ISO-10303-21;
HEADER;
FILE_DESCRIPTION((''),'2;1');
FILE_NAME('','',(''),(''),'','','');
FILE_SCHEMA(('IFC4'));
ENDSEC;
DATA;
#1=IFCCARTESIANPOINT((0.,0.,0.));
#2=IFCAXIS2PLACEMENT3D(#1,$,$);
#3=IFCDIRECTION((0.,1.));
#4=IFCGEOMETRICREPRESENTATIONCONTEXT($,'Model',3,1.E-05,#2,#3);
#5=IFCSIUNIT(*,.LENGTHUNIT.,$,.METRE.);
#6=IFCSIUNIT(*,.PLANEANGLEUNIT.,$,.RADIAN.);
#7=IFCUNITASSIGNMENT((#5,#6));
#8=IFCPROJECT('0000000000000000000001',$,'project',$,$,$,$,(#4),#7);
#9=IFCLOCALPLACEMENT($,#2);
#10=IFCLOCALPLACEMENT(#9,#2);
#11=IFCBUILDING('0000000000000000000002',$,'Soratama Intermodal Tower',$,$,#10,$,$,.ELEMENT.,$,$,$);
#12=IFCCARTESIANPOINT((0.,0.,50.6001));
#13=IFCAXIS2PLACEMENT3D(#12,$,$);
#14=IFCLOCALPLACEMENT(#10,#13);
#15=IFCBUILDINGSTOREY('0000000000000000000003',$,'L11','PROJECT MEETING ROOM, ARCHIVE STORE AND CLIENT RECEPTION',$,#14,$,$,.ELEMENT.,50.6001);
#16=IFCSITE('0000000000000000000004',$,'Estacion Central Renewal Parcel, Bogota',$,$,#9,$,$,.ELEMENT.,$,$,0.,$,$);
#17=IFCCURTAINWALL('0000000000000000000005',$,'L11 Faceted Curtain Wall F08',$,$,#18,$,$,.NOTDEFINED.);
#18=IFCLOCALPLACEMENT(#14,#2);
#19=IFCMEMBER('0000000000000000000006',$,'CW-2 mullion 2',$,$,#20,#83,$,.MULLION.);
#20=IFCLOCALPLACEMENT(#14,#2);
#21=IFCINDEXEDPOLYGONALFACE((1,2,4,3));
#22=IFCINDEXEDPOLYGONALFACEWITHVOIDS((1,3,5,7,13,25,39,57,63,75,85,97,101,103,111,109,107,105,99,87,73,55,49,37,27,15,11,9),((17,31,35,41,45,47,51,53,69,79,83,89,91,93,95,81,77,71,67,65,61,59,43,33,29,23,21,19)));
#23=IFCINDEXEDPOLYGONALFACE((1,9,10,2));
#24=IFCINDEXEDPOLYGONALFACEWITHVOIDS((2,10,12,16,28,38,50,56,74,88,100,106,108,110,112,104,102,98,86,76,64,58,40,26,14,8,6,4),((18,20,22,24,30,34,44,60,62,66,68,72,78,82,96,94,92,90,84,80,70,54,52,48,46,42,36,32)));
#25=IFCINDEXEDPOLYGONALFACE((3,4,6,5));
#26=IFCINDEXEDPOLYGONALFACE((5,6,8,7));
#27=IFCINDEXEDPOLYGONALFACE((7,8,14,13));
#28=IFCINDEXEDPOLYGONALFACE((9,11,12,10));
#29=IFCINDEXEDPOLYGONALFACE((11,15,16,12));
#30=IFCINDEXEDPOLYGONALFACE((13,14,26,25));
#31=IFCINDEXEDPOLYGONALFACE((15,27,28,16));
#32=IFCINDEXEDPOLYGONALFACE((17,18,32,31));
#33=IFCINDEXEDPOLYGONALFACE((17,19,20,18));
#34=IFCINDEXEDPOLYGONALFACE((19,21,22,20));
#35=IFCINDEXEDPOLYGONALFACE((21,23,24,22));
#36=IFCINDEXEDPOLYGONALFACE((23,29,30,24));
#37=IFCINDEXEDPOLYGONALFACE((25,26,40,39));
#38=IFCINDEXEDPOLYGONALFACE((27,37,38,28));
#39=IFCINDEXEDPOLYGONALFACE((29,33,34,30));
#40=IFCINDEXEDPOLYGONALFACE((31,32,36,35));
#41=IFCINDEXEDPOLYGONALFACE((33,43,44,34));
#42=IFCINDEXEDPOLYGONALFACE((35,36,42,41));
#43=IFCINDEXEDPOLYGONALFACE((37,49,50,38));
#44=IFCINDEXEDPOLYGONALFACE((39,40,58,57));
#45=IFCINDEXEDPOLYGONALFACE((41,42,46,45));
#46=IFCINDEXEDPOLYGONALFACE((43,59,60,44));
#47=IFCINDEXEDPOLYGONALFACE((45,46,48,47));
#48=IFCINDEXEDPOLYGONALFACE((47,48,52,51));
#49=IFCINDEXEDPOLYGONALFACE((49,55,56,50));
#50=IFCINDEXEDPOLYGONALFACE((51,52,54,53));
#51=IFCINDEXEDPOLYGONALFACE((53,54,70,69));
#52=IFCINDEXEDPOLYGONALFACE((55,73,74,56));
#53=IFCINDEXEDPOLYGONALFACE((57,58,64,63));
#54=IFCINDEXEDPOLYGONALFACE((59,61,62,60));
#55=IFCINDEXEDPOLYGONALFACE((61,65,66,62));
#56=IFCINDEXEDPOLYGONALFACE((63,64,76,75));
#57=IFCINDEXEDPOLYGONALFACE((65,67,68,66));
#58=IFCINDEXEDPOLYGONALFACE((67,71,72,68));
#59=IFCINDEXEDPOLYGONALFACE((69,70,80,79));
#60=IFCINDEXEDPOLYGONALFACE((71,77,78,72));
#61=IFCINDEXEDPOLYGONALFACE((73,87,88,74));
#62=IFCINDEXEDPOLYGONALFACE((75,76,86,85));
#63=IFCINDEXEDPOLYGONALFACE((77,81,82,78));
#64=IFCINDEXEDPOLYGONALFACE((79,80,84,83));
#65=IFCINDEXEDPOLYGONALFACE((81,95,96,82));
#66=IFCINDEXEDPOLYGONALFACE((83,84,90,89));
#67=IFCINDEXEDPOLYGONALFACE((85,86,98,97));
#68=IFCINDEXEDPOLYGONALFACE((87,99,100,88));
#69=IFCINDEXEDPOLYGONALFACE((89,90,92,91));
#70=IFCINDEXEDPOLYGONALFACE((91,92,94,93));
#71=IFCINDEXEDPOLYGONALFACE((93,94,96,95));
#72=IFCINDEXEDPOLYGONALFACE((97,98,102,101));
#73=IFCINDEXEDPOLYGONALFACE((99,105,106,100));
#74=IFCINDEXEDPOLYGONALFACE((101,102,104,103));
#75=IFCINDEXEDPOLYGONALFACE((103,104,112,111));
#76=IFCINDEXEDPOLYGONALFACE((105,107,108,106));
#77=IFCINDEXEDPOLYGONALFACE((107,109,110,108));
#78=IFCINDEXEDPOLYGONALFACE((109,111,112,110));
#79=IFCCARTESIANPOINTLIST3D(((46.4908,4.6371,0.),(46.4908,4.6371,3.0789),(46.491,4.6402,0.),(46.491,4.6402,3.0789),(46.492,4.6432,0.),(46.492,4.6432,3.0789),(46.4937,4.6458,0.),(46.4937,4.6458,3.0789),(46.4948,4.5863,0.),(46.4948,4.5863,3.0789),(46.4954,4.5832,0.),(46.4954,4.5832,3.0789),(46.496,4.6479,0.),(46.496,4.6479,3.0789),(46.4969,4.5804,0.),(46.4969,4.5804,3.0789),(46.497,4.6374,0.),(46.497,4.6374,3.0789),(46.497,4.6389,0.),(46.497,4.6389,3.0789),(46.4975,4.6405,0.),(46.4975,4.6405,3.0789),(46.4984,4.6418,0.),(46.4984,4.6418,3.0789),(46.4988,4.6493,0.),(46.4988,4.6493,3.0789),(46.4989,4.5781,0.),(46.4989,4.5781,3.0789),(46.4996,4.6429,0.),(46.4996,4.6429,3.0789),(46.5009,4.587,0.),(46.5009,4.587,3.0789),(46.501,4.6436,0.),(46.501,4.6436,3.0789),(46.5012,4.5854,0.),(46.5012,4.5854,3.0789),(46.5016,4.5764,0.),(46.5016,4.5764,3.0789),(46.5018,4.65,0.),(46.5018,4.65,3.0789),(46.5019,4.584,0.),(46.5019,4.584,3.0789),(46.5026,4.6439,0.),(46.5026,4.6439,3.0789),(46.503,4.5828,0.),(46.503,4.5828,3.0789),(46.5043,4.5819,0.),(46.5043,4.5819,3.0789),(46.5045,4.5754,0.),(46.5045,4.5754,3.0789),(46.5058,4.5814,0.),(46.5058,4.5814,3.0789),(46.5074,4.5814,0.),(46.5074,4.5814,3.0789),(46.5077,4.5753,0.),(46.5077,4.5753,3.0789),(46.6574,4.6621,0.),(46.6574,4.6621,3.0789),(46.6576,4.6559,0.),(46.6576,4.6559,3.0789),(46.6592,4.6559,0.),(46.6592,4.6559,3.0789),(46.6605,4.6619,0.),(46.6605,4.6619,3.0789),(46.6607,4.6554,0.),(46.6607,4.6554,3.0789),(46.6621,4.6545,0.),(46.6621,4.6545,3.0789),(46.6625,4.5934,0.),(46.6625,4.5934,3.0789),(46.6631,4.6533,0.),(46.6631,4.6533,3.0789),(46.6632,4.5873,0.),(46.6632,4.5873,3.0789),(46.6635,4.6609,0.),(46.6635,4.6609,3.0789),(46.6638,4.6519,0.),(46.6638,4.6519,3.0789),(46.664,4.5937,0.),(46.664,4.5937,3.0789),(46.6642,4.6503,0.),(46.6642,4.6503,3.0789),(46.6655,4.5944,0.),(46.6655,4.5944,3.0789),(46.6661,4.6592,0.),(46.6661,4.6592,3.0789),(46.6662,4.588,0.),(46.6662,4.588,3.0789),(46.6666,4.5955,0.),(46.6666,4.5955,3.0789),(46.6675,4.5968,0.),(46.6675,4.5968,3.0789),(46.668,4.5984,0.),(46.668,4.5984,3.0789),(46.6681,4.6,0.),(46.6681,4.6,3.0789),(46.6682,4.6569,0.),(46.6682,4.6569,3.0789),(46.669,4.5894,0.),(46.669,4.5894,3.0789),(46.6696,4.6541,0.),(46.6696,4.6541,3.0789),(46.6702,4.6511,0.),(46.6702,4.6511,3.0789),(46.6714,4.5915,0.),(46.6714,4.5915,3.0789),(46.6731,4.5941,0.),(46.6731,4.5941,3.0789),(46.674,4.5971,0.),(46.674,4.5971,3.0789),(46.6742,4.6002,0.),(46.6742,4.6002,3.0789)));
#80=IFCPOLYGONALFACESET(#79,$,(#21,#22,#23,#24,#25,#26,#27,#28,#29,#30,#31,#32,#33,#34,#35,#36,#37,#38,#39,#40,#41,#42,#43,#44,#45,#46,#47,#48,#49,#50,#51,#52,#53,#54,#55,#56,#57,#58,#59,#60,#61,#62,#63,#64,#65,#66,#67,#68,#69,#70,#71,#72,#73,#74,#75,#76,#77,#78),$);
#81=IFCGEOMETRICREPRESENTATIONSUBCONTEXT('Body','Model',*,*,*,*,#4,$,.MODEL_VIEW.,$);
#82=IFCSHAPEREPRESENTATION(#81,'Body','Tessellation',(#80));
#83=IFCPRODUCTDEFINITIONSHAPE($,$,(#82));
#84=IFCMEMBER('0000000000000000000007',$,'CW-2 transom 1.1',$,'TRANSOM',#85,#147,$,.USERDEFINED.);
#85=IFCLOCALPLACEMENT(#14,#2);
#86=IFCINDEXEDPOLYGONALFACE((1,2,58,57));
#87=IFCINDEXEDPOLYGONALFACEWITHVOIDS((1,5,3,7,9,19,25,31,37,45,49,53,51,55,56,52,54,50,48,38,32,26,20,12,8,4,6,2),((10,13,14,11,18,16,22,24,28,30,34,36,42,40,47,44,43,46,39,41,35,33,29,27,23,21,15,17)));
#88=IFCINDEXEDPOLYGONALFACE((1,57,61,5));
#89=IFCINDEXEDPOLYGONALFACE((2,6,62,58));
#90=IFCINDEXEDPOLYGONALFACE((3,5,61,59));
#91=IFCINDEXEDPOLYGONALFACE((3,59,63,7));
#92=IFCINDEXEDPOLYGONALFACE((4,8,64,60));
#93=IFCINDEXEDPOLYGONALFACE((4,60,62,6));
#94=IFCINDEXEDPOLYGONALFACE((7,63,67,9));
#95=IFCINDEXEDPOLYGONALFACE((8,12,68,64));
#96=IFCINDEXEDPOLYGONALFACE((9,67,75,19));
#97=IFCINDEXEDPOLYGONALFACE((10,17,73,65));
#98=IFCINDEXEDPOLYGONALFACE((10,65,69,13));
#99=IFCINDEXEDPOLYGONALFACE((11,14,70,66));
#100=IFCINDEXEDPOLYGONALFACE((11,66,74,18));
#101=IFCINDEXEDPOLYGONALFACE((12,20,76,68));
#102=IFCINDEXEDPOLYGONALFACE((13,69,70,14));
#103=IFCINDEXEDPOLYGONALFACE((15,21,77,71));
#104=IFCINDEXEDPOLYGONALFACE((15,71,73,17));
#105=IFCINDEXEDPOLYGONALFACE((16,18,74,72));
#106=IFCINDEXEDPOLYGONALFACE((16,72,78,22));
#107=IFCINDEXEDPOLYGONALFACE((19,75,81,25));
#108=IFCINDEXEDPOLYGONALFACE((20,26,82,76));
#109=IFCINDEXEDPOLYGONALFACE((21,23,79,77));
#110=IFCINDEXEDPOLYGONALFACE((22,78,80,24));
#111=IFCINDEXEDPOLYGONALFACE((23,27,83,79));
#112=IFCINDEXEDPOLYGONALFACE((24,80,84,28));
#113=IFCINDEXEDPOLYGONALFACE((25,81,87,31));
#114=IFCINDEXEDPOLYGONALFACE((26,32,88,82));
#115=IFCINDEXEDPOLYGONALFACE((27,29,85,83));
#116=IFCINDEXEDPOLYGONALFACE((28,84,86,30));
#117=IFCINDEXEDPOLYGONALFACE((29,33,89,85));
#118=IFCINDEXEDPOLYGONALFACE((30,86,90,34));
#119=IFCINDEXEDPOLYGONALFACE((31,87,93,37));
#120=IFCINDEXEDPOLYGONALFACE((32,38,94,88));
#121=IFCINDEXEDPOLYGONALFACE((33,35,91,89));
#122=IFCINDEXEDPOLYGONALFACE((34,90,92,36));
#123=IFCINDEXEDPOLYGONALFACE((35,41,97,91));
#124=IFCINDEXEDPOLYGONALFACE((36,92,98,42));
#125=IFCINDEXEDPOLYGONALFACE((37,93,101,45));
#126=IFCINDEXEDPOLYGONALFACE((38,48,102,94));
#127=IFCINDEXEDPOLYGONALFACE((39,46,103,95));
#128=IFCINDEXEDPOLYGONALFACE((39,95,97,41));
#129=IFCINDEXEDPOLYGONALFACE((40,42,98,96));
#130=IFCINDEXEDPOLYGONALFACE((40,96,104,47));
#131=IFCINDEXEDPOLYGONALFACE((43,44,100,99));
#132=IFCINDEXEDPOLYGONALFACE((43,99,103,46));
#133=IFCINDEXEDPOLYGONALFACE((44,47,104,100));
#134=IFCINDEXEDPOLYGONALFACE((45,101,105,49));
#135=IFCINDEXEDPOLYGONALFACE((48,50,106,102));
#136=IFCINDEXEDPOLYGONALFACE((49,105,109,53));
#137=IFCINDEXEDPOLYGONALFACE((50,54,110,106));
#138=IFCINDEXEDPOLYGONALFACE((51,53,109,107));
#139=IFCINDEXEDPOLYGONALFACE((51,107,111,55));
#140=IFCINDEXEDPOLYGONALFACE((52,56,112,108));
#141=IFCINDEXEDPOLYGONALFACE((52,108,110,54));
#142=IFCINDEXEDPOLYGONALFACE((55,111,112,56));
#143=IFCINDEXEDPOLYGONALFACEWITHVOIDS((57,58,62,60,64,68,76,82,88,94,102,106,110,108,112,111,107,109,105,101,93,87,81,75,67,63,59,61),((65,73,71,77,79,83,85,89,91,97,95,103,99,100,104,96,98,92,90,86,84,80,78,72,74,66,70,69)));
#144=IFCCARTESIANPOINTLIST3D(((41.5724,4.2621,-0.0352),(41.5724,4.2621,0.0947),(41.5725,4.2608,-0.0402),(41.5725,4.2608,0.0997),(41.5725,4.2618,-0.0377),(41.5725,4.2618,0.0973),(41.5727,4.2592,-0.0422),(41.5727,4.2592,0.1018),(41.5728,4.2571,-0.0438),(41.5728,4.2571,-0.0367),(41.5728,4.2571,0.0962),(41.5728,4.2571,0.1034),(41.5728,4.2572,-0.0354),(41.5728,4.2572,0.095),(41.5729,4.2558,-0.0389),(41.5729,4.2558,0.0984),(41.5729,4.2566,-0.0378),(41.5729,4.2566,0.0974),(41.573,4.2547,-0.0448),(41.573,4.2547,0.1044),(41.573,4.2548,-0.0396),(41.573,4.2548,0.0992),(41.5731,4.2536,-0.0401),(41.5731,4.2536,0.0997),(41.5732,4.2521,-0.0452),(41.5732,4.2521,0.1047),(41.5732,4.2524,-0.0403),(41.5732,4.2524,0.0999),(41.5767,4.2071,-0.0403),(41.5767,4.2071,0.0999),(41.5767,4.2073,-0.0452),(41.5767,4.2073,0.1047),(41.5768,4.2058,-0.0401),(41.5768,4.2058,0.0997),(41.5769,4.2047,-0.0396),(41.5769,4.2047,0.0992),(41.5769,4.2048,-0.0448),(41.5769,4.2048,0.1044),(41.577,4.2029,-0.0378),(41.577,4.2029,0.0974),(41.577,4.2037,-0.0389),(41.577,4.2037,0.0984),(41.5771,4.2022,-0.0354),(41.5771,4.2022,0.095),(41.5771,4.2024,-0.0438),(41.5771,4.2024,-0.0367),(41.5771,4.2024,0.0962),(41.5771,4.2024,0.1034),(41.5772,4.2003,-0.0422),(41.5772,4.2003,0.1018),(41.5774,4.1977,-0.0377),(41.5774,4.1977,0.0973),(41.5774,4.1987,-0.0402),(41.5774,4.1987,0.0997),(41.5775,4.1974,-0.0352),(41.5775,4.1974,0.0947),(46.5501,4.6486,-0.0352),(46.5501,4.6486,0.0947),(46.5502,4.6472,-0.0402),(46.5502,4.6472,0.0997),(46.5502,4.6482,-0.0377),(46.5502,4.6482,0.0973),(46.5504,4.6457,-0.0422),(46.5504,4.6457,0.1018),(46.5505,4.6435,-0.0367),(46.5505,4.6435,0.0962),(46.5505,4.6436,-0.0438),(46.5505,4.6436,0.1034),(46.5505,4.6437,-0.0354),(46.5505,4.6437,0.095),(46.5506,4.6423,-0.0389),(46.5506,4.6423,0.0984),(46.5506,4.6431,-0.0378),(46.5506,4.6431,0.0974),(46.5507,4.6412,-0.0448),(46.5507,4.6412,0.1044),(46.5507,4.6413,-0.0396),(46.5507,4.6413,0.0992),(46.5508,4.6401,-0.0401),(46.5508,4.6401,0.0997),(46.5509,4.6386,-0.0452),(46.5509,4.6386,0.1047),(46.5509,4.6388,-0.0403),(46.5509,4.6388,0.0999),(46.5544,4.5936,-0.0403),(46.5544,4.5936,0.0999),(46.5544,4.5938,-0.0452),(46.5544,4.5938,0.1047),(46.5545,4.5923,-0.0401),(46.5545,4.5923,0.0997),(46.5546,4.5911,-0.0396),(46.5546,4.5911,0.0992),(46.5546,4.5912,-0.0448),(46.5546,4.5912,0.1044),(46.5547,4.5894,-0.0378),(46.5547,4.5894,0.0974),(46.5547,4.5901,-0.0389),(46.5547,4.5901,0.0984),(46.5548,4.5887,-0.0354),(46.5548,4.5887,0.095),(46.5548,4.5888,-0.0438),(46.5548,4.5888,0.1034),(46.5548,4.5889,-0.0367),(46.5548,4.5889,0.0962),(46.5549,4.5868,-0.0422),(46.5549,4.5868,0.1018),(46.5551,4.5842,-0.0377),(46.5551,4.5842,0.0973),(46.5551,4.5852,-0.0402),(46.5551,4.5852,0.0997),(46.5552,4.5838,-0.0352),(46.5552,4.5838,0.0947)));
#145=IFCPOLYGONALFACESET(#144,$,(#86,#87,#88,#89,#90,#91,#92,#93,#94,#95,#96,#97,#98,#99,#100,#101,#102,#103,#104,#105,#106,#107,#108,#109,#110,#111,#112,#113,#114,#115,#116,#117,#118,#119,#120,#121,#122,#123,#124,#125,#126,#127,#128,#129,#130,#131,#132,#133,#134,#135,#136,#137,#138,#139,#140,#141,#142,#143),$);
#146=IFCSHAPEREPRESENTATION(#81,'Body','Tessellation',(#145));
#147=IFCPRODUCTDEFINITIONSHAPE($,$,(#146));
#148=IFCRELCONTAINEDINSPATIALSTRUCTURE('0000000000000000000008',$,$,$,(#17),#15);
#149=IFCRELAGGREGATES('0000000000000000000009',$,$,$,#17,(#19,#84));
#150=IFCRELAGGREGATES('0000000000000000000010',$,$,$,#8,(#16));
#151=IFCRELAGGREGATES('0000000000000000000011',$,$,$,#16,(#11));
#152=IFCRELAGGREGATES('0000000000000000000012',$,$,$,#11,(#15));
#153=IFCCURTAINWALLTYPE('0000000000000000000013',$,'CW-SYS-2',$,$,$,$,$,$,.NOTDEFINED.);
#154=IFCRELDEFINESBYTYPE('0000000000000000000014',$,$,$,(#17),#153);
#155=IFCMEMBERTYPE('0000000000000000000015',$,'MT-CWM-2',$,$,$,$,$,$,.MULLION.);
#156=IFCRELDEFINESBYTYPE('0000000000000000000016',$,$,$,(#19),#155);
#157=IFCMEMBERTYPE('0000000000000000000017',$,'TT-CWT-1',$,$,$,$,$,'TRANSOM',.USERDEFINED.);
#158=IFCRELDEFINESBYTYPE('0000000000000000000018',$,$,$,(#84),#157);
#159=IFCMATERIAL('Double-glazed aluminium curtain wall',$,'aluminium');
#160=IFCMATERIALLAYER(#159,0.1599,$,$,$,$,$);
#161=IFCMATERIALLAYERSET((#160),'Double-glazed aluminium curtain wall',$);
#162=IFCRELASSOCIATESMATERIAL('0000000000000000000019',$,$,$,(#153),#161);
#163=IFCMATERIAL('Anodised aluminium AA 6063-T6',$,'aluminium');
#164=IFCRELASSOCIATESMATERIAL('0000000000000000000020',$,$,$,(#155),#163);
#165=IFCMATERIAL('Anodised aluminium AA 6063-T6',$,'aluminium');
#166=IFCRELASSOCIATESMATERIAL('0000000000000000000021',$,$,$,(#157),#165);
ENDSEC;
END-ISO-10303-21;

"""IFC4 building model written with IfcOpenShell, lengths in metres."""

from ifc_helpers import new_model, si_unit, direction, frame, origin, origin_2d, place, context, subcontext, project, spatial, hollow_rectangle, extrude, material, layer, layer_set, material_profile, profile_set, type_object, element, aggregate, save


model = new_model("IFC4")

# Units and contexts
model_context = context("Model", 3, precision=1e-05, world=origin(), true_north=direction((0.0, 1.0)))
body_context = subcontext(model_context, "Body", "Model", "MODEL_VIEW")
ifc_project = project(units=[si_unit("LENGTHUNIT", "METRE"), si_unit("PLANEANGLEUNIT", "RADIAN")], contexts=[model_context])

# Site, building, storey
site_placement = place(None, origin())
site = spatial("IfcSite", under=ifc_project, at=site_placement, Name="Estacion Central Renewal Parcel, Bogota", CompositionType="ELEMENT", RefElevation=0.0)
building_placement = place(site_placement, origin())
building = spatial("IfcBuilding", under=site, at=building_placement, Name="Soratama Intermodal Tower", CompositionType="ELEMENT")
storey_placement = place(building_placement, frame((0.0, 0.0, 50.6001)))
storey = spatial("IfcBuildingStorey", under=building, at=storey_placement, Name="L11", Description="PROJECT MEETING ROOM, ARCHIVE STORE AND CLIENT RECEPTION", CompositionType="ELEMENT", Elevation=50.6001)

# Curtain wall, members
ifc_material_1 = material(Name="Double-glazed aluminium curtain wall", Category="aluminium")
ifc_layer_1 = layer(ifc_material_1, 0.1599)
ifc_layer_set_1 = layer_set([ifc_layer_1], Name="Double-glazed aluminium curtain wall")
curtain_wall_type = type_object("IfcCurtainWallType", Name="CW-SYS-2", PredefinedType="NOTDEFINED", material=ifc_layer_set_1)
curtain_wall_placement = place(storey_placement, origin())
curtain_wall = element("IfcCurtainWall", 1, at=curtain_wall_placement, inside=storey, type_object=curtain_wall_type, Name="L11 Faceted Curtain Wall F08", PredefinedType="NOTDEFINED")
ifc_material_2 = material(Name="Anodised aluminium AA 6063-T6", Category="aluminium")
ifc_material_profile_1 = material_profile(ifc_material_2, hollow_rectangle(XDim=0.075, YDim=0.1799, WallThickness=0.0061, InnerFilletRadius=0.0061, OuterFilletRadius=0.012, at=origin_2d()), Name="CWM180X75X6")
ifc_profile_set_1 = profile_set([ifc_material_profile_1], Name="Anodised aluminium AA 6063-T6")
member_type_1 = type_object("IfcMemberType", Name="MT-CWM-2", PredefinedType="MULLION", material=ifc_profile_set_1)
member_1_placement = place(storey_placement, frame((46.5825, 4.6187, 0.0), z_axis=(0.0, 0.0, 1.0), x_axis=(-0.077411, 0.996999, 0.0)))
member_1 = element("IfcMember", 2, at=member_1_placement, type_object=member_type_1, Name="CW-2 mullion 2", PredefinedType="MULLION", context=body_context, shape_type="SweptSolid", body=[
    extrude(hollow_rectangle(XDim=0.075, YDim=0.1799, WallThickness=0.0061, InnerFilletRadius=0.0061, OuterFilletRadius=0.012, at=origin_2d()), origin(), (0.0, 0.0, 1.0), 3.0789),
])
ifc_material_3 = material(Name="Anodised aluminium AA 6063-T6", Category="aluminium")
ifc_material_profile_2 = material_profile(ifc_material_3, hollow_rectangle(XDim=0.0649, YDim=0.1499, WallThickness=0.0049, InnerFilletRadius=0.0049, OuterFilletRadius=0.01, at=origin_2d()), Name="CWT150X65X5")
ifc_profile_set_2 = profile_set([ifc_material_profile_2], Name="Anodised aluminium AA 6063-T6")
member_type_2 = type_object("IfcMemberType", Name="TT-CWT-1", ElementType="TRANSOM", PredefinedType="USERDEFINED", material=ifc_profile_set_2)
member_2_placement = place(storey_placement, frame((41.575, 4.2297, 0.0298), z_axis=(0.997, 0.077407, 0.0), x_axis=(-0.077407, 0.997, 0.0)))
member_2 = element("IfcMember", 3, at=member_2_placement, type_object=member_type_2, Name="CW-2 transom 1.1", ObjectType="TRANSOM", PredefinedType="USERDEFINED", context=body_context, shape_type="SweptSolid", body=[
    extrude(hollow_rectangle(XDim=0.0649, YDim=0.1499, WallThickness=0.0049, InnerFilletRadius=0.0049, OuterFilletRadius=0.01, at=origin_2d()), origin(), (0.0, 0.0, 1.0), 4.9927),
])
aggregate(curtain_wall, [member_1, member_2])

save(model, "model.ifc")
